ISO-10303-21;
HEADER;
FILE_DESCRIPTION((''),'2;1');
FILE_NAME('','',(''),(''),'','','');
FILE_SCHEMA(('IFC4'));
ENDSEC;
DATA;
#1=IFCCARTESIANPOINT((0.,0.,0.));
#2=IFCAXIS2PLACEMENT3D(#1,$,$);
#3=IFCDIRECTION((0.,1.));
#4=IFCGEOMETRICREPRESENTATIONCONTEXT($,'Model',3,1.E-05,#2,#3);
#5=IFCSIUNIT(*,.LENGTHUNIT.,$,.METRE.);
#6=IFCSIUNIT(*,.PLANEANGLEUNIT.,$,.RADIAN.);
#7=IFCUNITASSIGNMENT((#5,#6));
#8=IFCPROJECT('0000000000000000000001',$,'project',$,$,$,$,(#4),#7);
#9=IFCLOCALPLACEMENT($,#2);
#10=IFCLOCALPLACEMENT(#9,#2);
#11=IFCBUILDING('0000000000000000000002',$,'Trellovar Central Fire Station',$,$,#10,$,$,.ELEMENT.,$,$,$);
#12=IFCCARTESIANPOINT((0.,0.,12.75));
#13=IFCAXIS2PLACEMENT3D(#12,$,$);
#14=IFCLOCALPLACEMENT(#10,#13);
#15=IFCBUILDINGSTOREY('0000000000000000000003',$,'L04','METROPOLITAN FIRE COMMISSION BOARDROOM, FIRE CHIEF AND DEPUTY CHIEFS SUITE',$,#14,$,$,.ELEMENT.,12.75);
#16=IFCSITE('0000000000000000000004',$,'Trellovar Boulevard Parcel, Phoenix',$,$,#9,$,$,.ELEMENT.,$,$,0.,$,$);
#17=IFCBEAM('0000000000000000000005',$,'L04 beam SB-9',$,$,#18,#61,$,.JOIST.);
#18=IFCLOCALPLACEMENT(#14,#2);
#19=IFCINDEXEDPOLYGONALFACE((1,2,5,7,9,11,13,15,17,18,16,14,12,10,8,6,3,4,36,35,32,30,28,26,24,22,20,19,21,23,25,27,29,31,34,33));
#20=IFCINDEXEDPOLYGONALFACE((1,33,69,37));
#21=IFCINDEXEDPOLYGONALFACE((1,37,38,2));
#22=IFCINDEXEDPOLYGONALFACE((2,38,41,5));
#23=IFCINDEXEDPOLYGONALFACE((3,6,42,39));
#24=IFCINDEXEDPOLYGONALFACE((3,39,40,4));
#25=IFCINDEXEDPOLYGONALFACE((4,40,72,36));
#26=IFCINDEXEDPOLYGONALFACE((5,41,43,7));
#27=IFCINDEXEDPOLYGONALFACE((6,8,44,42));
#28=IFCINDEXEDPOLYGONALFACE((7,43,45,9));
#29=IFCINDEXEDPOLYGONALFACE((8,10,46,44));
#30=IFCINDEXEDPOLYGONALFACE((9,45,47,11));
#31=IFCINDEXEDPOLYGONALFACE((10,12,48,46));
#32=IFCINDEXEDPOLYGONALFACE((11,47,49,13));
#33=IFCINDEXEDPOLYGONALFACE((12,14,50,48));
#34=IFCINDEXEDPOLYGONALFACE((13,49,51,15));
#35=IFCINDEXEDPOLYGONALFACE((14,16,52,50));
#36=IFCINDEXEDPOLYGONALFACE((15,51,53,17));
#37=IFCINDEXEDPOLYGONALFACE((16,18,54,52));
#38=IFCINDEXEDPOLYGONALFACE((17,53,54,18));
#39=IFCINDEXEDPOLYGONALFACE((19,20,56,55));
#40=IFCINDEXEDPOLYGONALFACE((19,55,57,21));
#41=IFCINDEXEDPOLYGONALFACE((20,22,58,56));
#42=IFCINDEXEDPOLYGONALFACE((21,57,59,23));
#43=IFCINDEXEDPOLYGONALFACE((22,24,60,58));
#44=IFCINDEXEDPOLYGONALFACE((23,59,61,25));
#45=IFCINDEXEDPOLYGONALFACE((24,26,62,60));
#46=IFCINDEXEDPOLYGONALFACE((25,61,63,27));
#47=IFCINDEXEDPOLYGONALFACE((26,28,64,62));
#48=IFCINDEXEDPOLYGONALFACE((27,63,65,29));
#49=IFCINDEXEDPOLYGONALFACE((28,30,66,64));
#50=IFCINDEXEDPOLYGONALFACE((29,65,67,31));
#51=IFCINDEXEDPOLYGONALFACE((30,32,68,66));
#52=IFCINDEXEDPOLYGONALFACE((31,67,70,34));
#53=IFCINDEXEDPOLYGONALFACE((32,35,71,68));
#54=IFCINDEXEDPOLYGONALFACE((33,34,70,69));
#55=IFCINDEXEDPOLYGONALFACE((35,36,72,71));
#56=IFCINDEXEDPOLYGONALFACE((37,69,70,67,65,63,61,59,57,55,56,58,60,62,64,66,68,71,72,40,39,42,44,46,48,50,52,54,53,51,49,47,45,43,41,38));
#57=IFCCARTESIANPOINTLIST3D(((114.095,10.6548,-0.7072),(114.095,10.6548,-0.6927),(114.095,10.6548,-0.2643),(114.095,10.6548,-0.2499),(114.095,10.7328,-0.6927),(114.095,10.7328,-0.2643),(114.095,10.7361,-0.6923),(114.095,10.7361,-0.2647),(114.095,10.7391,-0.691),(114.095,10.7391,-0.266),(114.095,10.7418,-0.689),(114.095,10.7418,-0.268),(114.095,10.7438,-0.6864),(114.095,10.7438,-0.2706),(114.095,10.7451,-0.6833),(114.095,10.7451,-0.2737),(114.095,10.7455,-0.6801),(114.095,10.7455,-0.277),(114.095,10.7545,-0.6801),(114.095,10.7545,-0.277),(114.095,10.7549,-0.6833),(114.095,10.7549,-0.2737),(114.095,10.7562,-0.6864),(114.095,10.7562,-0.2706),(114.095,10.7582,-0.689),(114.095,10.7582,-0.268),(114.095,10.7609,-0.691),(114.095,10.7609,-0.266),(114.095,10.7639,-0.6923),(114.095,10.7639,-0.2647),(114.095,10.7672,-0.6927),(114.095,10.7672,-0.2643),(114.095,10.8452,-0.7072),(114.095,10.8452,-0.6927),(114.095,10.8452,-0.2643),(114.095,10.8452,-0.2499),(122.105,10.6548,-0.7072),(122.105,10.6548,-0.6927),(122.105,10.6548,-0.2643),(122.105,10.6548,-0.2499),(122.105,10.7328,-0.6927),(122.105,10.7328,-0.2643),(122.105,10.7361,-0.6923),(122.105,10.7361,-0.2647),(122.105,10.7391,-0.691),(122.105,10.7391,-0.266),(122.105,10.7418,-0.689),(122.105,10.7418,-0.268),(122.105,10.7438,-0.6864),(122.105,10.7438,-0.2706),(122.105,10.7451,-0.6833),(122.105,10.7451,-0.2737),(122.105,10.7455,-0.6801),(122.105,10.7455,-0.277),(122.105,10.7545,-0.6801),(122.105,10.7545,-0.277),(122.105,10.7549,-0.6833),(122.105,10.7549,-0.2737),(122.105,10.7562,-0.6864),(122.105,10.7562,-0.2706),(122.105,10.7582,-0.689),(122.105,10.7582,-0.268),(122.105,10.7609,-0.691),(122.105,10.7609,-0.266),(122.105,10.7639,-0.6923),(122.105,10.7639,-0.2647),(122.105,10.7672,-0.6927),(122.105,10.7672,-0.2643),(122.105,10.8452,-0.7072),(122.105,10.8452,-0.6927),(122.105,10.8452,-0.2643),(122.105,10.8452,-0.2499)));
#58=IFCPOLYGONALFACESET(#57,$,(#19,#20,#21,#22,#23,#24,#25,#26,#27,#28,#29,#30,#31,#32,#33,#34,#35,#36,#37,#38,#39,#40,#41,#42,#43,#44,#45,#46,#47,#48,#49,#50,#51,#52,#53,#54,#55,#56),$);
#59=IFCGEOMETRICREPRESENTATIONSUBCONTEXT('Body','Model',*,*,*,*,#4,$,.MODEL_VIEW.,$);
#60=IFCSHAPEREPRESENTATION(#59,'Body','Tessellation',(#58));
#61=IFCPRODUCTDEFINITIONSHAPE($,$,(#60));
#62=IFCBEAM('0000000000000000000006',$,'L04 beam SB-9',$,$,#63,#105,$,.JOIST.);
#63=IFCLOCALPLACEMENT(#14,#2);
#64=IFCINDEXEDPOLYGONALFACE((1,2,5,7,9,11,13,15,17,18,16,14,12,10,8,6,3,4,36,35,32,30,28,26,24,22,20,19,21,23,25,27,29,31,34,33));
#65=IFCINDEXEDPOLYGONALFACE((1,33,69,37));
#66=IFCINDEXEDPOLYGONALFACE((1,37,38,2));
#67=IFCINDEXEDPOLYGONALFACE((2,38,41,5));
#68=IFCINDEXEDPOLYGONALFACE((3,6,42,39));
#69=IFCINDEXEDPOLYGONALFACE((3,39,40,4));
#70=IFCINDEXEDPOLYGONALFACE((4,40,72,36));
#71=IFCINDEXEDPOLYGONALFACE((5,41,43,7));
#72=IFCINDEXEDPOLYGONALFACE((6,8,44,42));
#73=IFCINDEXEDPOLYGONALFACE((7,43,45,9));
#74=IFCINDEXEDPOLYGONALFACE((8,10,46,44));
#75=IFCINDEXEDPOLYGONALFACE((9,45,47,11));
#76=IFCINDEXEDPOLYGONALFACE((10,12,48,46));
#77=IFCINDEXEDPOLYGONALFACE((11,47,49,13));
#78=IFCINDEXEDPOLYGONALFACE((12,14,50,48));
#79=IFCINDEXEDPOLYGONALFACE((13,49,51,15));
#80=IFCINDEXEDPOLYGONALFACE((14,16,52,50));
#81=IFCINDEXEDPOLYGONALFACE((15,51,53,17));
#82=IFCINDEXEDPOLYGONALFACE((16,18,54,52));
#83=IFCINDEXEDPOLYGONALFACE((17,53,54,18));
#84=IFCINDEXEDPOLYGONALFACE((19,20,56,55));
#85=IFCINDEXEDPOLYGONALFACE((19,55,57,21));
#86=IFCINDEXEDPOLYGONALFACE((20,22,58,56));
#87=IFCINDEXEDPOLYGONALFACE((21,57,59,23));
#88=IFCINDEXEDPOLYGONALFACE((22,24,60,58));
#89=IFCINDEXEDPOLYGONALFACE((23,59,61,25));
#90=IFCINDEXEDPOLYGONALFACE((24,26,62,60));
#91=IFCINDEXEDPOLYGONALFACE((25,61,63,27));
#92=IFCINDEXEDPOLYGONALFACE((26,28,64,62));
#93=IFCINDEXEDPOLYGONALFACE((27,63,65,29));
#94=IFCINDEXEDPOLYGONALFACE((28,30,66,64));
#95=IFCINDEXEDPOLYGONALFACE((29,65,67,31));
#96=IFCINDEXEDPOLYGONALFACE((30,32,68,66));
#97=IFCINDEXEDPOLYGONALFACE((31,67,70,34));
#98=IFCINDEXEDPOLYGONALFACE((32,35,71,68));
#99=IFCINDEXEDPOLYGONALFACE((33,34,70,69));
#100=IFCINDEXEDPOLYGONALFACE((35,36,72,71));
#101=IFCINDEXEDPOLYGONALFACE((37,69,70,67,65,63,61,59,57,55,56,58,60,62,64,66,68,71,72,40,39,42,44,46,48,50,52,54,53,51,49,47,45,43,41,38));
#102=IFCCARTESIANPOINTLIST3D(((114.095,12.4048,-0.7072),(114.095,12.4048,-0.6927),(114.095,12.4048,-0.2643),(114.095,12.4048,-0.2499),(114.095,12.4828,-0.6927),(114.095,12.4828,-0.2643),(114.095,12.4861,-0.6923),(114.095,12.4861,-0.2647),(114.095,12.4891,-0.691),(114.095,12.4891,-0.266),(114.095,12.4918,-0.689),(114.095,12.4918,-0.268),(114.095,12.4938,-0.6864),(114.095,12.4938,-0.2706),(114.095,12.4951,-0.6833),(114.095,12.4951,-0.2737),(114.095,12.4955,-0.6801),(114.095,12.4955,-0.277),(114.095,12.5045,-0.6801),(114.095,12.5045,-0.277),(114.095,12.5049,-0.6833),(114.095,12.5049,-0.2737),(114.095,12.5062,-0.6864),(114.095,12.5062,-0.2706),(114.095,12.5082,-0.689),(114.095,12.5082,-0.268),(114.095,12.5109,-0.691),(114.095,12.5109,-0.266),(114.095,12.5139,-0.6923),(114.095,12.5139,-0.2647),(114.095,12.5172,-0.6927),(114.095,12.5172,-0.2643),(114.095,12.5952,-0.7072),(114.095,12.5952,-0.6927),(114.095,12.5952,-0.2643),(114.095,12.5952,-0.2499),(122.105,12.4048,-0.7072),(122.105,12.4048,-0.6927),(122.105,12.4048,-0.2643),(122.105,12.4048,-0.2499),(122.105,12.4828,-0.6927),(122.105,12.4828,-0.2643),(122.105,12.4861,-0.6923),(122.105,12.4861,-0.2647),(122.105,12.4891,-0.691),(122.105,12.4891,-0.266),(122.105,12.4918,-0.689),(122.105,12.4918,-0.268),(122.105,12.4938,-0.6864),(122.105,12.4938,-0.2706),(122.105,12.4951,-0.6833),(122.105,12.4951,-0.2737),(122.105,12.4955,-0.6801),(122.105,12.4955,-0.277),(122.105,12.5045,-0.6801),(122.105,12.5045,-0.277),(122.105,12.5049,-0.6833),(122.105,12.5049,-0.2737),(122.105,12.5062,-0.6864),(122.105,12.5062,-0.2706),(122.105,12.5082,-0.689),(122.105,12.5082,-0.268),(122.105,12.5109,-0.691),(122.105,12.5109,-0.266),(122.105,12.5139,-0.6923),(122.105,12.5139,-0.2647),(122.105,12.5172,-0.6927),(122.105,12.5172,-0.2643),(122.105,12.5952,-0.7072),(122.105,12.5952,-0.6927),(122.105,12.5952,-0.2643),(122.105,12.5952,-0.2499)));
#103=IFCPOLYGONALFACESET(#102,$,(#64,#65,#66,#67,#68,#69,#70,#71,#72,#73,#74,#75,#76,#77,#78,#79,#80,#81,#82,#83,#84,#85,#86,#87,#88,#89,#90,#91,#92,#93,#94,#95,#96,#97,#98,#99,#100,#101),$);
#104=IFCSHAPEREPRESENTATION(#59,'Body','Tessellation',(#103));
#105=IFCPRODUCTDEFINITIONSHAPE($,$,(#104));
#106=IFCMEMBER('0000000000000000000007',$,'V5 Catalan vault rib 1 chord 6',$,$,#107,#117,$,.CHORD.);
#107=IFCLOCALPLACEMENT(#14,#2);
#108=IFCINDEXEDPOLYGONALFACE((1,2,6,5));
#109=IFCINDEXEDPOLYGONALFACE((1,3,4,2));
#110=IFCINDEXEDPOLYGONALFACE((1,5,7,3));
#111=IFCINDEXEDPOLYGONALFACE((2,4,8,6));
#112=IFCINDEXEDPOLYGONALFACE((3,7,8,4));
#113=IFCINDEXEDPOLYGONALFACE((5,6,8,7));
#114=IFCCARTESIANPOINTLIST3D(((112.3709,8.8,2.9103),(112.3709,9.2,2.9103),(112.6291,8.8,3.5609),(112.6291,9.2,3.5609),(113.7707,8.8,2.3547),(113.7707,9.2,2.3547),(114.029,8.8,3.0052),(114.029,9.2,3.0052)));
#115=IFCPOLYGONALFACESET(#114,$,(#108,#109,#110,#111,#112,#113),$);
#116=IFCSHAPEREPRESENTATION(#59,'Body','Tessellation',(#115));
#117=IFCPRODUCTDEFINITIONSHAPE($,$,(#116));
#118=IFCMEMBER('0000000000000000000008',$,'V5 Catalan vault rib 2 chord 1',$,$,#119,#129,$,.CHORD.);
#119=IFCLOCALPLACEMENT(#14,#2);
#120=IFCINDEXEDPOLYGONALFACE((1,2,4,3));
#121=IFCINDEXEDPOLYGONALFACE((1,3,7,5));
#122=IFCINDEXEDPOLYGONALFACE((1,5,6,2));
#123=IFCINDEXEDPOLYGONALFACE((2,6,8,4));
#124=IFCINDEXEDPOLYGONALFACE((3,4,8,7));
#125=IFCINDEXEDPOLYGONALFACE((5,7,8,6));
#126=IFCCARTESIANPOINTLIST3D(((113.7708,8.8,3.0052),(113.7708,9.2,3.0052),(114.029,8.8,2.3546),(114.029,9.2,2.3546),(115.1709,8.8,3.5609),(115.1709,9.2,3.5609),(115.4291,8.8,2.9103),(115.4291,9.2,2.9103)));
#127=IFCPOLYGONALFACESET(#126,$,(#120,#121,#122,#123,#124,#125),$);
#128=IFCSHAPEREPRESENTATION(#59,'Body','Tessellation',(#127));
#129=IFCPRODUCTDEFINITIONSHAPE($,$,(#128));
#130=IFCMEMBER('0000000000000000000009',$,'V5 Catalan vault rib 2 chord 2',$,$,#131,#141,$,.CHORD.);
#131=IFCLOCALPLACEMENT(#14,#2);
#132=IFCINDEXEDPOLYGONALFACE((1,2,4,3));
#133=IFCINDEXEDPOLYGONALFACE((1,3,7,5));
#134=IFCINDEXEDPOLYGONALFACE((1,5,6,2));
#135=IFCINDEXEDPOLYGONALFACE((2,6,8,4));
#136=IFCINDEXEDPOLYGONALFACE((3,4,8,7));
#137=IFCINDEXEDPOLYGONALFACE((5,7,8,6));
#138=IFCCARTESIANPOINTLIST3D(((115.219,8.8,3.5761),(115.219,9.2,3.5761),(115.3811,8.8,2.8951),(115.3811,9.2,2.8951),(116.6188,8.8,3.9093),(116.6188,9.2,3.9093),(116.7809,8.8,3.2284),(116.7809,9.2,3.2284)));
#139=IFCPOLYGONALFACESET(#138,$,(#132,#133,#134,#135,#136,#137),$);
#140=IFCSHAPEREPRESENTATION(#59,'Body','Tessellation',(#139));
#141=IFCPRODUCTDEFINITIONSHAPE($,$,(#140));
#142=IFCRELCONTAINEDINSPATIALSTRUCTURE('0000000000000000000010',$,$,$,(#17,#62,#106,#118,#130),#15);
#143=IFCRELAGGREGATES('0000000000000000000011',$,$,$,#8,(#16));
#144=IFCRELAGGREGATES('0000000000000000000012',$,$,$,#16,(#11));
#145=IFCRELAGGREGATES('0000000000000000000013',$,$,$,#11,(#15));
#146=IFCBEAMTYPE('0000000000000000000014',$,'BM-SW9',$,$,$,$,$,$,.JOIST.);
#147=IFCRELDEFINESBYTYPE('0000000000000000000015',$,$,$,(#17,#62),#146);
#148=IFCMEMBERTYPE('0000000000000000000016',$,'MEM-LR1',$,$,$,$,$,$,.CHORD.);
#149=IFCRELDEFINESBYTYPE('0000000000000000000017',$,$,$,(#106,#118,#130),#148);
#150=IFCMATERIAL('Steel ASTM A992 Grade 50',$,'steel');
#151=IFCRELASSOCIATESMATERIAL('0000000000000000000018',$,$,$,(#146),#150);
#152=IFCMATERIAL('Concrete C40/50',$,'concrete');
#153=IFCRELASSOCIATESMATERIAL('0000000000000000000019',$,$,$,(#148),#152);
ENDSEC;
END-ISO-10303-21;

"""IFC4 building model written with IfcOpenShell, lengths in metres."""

from ifc_helpers import new_model, si_unit, direction, frame, origin, origin_2d, place, context, subcontext, project, spatial, rectangle, i_section, extrude, material, material_profile, profile_set, type_object, element, save


model = new_model("IFC4")

# Units and contexts
model_context = context("Model", 3, precision=1e-05, world=origin(), true_north=direction((0.0, 1.0)))
body_context = subcontext(model_context, "Body", "Model", "MODEL_VIEW")
ifc_project = project(units=[si_unit("LENGTHUNIT", "METRE"), si_unit("PLANEANGLEUNIT", "RADIAN")], contexts=[model_context])

# Site, building, storey
site_placement = place(None, origin())
site = spatial("IfcSite", under=ifc_project, at=site_placement, Name="Trellovar Boulevard Parcel, Phoenix", CompositionType="ELEMENT", RefElevation=0.0)
building_placement = place(site_placement, origin())
building = spatial("IfcBuilding", under=site, at=building_placement, Name="Trellovar Central Fire Station", CompositionType="ELEMENT")
storey_placement = place(building_placement, frame((0.0, 0.0, 12.75)))
storey = spatial("IfcBuildingStorey", under=building, at=storey_placement, Name="L04", Description="METROPOLITAN FIRE COMMISSION BOARDROOM, FIRE CHIEF AND DEPUTY CHIEFS SUITE", CompositionType="ELEMENT", Elevation=12.75)

# Beams
ifc_material_1 = material(Name="Steel ASTM A992 Grade 50", Category="steel")
ifc_material_profile_1 = material_profile(ifc_material_1, i_section(OverallWidth=0.1904, OverallDepth=0.4573, WebThickness=0.009, FlangeThickness=0.0144, FilletRadius=0.0127, at=origin_2d()), Name="W18X50")
ifc_profile_set_1 = profile_set([ifc_material_profile_1], Name="Steel ASTM A992 Grade 50")
beam_type_1 = type_object("IfcBeamType", Name="BM-SW9", PredefinedType="JOIST", material=ifc_profile_set_1)
for number, where, z_axis, x_axis, name in (
    (1, (114.095, 10.75, -0.4785), (1.0, 0.0, 0.0), (0.0, 1.0, 0.0), "L04 beam SB-9"),
    (2, (114.095, 12.5, -0.4785), (1.0, 0.0, 0.0), (0.0, 1.0, 0.0), "L04 beam SB-9"),
):
    element("IfcBeam", number, at=place(storey_placement, frame(where, z_axis=z_axis, x_axis=x_axis)), inside=storey, type_object=beam_type_1, Name=name, PredefinedType="JOIST", context=body_context, shape_type="SweptSolid", body=[
        extrude(i_section(OverallWidth=0.1904, OverallDepth=0.4573, WebThickness=0.009, FlangeThickness=0.0144, FilletRadius=0.0127, at=origin_2d()), origin(), (0.0, 0.0, 1.0), 8.01),
    ])

# Members
ifc_material_2 = material(Name="Concrete C40/50", Category="concrete")
ifc_material_profile_2 = material_profile(ifc_material_2, rectangle(XDim=0.3999, YDim=0.7, at=origin_2d()), Name="RC400X700")
ifc_profile_set_2 = profile_set([ifc_material_profile_2], Name="Concrete C40/50")
member_type_1 = type_object("IfcMemberType", Name="MEM-LR1", PredefinedType="CHORD", material=ifc_profile_set_2)
member_1_placement = place(storey_placement, frame((112.5, 9.0, 3.2356), z_axis=(0.929457, 0.0, -0.36893), x_axis=(0.0, 1.0, 0.0)))
element("IfcMember", 3, at=member_1_placement, inside=storey, type_object=member_type_1, Name="V5 Catalan vault rib 1 chord 6", PredefinedType="CHORD", context=body_context, shape_type="SweptSolid", body=[
    extrude(rectangle(XDim=0.3999, YDim=0.7, at=origin_2d()), origin(), (0.0, 0.0, 1.0), 1.5061),
])
member_2_placement = place(storey_placement, frame((113.8999, 9.0, 2.6799), z_axis=(0.929479, 0.0, 0.368874), x_axis=(0.0, 1.0, 0.0)))
element("IfcMember", 4, at=member_2_placement, inside=storey, type_object=member_type_1, Name="V5 Catalan vault rib 2 chord 1", PredefinedType="CHORD", context=body_context, shape_type="SweptSolid", body=[
    extrude(rectangle(XDim=0.3999, YDim=0.7, at=origin_2d()), origin(), (0.0, 0.0, 1.0), 1.5063),
])
member_3_placement = place(storey_placement, frame((115.3, 9.0, 3.2356), z_axis=(0.972815, 0.0, 0.231582), x_axis=(0.0, 1.0, 0.0)))
element("IfcMember", 5, at=member_3_placement, inside=storey, type_object=member_type_1, Name="V5 Catalan vault rib 2 chord 2", PredefinedType="CHORD", context=body_context, shape_type="SweptSolid", body=[
    extrude(rectangle(XDim=0.3999, YDim=0.7, at=origin_2d()), origin(), (0.0, 0.0, 1.0), 1.439),
])

save(model, "model.ifc")
